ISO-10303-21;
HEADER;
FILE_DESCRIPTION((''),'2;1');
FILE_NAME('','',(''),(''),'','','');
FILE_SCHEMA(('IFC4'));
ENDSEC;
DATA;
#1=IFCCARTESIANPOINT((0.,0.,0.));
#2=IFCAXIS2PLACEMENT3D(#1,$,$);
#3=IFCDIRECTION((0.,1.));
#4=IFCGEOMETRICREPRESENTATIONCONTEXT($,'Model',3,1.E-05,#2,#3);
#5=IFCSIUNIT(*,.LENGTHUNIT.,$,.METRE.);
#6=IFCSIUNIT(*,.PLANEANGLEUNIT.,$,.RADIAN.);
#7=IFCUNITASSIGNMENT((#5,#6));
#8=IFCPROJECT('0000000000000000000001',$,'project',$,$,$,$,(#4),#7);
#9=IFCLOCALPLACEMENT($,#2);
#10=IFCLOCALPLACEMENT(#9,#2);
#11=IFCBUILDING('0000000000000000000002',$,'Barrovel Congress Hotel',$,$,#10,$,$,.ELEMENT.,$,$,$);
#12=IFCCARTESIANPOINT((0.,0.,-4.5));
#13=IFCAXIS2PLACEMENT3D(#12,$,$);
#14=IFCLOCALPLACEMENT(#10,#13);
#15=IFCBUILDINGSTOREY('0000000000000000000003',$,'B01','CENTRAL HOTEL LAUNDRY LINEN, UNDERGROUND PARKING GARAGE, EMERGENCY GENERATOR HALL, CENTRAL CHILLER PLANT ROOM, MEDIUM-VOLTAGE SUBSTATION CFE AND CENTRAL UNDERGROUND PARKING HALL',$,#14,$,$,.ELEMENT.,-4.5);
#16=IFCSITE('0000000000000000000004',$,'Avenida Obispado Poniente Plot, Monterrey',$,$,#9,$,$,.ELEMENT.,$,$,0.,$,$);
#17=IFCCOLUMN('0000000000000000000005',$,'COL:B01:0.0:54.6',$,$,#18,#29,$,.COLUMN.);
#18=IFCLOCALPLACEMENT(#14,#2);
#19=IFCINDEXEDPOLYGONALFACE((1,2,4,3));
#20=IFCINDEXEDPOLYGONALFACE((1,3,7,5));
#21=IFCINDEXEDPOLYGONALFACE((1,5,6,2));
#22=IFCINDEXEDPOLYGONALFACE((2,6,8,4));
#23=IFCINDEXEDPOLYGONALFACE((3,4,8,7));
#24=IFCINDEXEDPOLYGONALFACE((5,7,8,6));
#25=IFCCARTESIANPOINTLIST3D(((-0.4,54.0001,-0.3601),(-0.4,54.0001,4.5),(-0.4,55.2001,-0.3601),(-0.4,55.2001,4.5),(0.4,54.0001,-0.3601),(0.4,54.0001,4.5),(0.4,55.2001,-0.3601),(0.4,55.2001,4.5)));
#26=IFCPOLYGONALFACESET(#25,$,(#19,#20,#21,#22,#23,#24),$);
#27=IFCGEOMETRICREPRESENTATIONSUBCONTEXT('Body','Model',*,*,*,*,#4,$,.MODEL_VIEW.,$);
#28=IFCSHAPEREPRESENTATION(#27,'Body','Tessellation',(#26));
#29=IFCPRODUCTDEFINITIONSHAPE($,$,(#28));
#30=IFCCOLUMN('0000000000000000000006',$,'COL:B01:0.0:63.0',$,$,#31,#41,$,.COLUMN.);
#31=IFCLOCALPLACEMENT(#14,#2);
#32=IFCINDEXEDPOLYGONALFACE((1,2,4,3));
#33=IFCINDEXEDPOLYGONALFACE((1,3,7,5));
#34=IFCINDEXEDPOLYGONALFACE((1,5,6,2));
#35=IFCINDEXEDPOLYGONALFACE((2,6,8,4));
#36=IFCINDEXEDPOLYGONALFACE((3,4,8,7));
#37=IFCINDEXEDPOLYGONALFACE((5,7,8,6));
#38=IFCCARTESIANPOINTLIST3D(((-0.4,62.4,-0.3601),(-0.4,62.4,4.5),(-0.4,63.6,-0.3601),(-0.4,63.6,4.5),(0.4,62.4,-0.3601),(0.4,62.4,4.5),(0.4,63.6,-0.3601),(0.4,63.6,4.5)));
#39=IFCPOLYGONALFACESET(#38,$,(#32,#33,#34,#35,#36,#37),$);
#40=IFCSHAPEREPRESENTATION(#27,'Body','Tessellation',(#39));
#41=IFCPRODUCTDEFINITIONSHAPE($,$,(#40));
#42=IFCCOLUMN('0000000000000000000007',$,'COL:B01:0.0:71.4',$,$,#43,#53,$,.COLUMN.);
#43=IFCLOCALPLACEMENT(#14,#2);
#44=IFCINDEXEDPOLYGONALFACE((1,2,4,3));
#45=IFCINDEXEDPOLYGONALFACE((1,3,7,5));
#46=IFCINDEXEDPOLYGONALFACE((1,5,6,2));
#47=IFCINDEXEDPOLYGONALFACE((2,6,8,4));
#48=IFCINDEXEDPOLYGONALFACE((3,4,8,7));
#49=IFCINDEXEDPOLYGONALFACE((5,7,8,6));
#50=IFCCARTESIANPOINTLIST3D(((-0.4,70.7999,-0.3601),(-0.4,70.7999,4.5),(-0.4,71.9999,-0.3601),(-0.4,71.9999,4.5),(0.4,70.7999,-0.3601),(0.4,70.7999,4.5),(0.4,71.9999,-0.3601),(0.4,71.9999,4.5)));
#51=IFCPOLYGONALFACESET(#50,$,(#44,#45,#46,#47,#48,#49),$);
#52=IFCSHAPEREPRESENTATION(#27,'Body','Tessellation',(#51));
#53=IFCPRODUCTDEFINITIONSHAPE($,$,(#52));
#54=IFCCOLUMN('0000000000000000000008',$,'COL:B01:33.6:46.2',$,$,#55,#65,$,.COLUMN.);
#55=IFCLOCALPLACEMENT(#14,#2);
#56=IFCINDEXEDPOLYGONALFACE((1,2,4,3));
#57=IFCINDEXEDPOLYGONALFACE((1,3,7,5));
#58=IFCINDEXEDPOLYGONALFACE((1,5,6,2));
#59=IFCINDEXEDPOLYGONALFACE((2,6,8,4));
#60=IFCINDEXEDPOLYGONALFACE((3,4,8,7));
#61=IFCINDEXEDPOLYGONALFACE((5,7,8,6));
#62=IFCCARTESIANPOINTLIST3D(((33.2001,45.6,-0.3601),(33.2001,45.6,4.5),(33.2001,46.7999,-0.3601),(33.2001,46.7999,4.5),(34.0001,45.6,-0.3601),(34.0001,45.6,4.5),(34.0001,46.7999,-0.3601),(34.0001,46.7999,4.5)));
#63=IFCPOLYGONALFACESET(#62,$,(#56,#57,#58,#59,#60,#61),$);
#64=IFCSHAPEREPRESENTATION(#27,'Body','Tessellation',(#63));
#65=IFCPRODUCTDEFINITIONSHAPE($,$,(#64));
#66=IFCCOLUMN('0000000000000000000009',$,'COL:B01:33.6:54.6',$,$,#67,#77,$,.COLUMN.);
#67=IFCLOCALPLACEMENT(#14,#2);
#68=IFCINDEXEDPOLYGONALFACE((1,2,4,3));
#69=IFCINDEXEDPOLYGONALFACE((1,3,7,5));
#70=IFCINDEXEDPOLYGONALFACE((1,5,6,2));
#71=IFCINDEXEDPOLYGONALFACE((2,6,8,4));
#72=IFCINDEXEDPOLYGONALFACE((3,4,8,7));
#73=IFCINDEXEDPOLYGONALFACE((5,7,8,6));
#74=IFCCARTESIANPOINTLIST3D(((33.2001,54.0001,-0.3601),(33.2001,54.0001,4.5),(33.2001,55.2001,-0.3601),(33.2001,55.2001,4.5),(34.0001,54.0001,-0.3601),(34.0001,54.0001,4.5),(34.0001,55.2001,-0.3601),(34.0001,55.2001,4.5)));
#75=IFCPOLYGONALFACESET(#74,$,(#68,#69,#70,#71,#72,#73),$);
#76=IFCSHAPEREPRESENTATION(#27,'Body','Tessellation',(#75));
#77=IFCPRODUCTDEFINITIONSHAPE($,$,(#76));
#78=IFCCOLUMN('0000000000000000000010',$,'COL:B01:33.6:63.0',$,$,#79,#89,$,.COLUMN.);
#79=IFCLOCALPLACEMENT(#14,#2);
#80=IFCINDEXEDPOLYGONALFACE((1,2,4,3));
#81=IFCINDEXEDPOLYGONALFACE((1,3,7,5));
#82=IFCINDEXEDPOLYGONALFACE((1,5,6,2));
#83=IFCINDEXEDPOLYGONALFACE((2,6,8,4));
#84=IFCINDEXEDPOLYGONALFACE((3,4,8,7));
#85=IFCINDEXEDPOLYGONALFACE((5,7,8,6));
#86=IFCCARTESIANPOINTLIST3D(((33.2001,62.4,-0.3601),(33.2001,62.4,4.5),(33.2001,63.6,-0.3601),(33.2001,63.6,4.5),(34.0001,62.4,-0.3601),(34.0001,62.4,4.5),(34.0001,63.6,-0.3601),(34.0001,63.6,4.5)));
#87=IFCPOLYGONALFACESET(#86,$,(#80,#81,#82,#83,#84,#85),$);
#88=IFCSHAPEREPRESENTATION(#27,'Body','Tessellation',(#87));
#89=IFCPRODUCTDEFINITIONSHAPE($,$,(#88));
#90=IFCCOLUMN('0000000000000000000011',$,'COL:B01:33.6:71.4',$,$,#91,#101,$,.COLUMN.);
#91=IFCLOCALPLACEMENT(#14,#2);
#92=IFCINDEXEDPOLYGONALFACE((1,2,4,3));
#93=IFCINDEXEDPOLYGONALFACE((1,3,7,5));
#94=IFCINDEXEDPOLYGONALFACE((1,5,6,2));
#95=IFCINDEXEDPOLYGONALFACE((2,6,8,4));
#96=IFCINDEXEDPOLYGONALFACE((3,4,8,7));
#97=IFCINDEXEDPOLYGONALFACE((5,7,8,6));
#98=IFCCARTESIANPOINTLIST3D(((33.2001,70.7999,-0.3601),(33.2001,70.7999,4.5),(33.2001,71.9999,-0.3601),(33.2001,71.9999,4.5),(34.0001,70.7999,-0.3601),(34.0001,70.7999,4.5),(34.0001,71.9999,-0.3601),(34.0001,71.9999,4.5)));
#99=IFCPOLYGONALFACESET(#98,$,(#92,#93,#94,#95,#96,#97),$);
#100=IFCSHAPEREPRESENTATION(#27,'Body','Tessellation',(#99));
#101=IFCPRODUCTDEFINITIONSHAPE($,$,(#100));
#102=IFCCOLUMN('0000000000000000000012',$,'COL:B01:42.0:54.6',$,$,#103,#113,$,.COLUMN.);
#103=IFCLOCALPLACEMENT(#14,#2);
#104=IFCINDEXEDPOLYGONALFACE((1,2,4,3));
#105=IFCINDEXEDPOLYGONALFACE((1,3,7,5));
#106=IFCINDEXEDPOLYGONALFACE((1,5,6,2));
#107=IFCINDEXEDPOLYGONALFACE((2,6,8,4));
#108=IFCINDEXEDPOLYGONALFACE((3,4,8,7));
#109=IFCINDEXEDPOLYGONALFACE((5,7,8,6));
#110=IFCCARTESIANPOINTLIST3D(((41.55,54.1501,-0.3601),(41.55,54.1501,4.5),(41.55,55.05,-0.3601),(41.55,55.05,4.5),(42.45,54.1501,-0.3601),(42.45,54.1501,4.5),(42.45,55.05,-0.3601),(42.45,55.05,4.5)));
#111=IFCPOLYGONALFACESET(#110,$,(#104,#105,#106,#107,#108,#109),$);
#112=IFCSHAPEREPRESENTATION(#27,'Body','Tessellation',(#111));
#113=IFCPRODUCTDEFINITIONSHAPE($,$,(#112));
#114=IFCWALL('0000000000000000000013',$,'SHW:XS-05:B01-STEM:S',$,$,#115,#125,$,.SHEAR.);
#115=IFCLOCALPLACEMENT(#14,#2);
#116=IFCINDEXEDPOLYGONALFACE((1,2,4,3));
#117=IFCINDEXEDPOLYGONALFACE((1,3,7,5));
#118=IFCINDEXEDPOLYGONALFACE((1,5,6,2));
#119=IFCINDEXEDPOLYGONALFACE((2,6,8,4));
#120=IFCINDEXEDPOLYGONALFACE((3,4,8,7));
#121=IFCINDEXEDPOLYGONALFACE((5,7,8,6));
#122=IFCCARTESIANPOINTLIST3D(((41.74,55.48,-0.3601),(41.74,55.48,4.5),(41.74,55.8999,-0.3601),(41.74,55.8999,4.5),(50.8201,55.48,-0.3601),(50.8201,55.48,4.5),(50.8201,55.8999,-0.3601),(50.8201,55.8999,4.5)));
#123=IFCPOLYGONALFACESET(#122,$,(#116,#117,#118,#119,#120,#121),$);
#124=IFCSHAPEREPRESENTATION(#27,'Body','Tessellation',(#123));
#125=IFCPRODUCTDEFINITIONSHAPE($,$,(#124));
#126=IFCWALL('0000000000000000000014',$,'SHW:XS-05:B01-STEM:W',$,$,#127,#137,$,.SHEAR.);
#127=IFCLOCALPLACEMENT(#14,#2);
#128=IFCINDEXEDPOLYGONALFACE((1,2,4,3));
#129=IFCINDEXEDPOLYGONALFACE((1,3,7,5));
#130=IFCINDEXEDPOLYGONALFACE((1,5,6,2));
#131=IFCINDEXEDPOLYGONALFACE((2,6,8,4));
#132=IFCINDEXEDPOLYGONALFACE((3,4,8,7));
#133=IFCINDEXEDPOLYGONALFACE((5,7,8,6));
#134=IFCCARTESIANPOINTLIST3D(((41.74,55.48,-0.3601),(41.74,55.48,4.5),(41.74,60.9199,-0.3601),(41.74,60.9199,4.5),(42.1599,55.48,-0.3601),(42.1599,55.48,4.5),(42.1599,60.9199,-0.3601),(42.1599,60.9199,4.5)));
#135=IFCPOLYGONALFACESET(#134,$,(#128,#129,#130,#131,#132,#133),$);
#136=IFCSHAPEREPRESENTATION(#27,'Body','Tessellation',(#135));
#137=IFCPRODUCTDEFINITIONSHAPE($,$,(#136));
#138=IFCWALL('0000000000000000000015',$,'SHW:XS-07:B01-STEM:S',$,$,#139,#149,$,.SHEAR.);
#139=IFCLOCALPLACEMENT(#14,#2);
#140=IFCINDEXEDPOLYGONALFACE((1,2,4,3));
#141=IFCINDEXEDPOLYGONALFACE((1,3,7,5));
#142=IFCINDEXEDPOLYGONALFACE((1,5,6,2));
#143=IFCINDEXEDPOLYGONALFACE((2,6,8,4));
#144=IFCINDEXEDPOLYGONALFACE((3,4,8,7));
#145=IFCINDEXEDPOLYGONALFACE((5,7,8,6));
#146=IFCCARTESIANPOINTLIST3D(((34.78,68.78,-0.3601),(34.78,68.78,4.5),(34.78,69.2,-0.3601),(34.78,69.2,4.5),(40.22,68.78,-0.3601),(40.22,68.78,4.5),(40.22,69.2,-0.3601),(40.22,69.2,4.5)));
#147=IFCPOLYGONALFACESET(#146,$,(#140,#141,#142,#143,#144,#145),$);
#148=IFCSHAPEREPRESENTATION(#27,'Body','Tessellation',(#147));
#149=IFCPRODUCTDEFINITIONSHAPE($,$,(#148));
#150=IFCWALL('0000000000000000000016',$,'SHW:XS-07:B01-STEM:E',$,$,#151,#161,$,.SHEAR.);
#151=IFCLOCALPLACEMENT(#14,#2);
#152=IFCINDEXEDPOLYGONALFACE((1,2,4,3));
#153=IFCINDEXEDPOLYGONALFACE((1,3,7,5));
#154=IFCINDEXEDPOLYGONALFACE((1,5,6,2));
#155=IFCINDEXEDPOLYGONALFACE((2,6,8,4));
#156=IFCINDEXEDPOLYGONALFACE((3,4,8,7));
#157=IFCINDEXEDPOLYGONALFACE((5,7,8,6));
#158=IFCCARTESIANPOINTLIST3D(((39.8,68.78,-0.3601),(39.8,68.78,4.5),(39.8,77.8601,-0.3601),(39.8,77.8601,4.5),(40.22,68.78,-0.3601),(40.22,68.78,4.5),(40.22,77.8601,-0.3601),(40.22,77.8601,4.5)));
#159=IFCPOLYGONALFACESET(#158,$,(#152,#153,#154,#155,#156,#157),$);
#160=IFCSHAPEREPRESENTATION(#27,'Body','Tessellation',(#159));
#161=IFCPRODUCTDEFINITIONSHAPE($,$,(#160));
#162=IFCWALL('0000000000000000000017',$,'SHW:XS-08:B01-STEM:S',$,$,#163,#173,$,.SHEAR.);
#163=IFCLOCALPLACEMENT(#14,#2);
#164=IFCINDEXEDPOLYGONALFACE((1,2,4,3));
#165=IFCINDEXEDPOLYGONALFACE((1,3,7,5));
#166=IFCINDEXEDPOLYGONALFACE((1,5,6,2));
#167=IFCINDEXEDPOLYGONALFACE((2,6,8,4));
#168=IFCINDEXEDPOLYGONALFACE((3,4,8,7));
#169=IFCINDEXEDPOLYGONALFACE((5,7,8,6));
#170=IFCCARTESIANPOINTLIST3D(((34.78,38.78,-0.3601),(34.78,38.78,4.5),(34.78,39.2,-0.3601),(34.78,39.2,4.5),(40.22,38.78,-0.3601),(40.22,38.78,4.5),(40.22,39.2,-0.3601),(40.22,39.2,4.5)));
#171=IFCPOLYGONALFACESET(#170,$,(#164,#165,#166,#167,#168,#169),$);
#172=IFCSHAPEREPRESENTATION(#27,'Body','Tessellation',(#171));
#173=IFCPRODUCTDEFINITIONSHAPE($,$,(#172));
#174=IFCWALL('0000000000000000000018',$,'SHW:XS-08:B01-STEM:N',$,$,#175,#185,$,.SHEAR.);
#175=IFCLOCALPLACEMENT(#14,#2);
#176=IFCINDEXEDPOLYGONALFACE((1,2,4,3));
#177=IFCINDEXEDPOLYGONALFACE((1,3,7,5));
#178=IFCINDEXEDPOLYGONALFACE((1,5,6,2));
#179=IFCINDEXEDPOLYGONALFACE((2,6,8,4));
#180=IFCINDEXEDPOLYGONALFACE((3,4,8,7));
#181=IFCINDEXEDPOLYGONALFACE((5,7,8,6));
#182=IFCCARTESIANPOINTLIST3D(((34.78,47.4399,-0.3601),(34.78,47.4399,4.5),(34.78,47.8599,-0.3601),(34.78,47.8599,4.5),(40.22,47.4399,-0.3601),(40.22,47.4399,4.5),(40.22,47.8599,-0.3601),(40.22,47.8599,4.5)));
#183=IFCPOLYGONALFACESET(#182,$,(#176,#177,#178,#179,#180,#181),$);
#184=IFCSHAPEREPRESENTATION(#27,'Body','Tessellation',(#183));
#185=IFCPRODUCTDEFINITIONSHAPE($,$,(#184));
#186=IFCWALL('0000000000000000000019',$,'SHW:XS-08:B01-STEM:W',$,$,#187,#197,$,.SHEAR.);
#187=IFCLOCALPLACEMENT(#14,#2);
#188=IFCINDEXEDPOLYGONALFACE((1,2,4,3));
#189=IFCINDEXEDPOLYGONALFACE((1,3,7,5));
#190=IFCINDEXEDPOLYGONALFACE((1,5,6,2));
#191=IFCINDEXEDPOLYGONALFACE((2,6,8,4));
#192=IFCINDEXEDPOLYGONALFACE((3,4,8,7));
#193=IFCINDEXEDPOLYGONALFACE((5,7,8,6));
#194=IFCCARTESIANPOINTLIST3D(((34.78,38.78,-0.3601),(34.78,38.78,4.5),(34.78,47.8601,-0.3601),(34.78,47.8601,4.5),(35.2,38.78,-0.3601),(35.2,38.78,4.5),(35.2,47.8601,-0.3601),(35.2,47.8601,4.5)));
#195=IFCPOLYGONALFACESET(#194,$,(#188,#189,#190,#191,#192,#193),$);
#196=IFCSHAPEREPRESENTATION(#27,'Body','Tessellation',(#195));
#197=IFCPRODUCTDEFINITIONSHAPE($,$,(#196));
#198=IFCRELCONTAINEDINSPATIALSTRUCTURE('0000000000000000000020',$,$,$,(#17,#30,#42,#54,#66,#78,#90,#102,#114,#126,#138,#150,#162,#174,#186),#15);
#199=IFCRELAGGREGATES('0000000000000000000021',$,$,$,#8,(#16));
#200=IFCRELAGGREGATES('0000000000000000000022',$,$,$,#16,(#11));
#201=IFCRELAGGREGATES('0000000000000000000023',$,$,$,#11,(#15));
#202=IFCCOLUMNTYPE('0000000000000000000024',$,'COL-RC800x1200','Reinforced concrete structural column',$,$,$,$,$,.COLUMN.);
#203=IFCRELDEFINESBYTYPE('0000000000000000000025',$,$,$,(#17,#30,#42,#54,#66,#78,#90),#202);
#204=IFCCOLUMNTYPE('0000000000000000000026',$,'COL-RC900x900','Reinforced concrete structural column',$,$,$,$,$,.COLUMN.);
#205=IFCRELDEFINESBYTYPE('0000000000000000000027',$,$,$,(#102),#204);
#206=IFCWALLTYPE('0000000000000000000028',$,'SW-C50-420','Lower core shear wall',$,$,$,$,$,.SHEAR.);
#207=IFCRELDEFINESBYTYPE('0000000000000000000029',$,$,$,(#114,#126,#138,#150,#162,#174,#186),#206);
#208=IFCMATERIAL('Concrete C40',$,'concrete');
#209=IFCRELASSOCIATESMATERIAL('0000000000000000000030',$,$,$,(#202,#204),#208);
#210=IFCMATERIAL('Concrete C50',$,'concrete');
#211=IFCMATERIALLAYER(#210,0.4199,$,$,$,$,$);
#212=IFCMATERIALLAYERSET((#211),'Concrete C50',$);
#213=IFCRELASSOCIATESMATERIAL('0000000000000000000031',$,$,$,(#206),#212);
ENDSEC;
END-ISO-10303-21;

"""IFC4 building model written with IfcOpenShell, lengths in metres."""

from ifc_helpers import new_model, si_unit, direction, frame, frame_2d, origin, origin_2d, place, context, subcontext, project, spatial, rectangle, extrude, material, layer, layer_set, material_profile, profile_set, type_object, element, save


model = new_model("IFC4")

# Units and contexts
model_context = context("Model", 3, precision=1e-05, world=origin(), true_north=direction((0.0, 1.0)))
body_context = subcontext(model_context, "Body", "Model", "MODEL_VIEW")
ifc_project = project(units=[si_unit("LENGTHUNIT", "METRE"), si_unit("PLANEANGLEUNIT", "RADIAN")], contexts=[model_context])

# Site, building, storey
site_placement = place(None, origin())
site = spatial("IfcSite", under=ifc_project, at=site_placement, Name="Avenida Obispado Poniente Plot, Monterrey", CompositionType="ELEMENT", RefElevation=0.0)
building_placement = place(site_placement, origin())
building = spatial("IfcBuilding", under=site, at=building_placement, Name="Barrovel Congress Hotel", CompositionType="ELEMENT")
storey_placement = place(building_placement, frame((0.0, 0.0, -4.5)))
storey = spatial("IfcBuildingStorey", under=building, at=storey_placement, Name="B01", Description="CENTRAL HOTEL LAUNDRY LINEN, UNDERGROUND PARKING GARAGE, EMERGENCY GENERATOR HALL, CENTRAL CHILLER PLANT ROOM, MEDIUM-VOLTAGE SUBSTATION CFE AND CENTRAL UNDERGROUND PARKING HALL", CompositionType="ELEMENT", Elevation=-4.5)

# Columns
ifc_material_1 = material(Name="Concrete C50", Category="concrete")
ifc_material_2 = material(Name="Concrete C40", Category="concrete")
ifc_material_profile_1 = material_profile(ifc_material_2, rectangle(XDim=0.8, YDim=1.2, at=origin_2d()), Name="RC800x1200")
ifc_profile_set_1 = profile_set([ifc_material_profile_1], Name="Concrete C40")
column_type_1 = type_object("IfcColumnType", Name="COL-RC800x1200", Description="Reinforced concrete structural column", PredefinedType="COLUMN", material=ifc_profile_set_1)
for number, where, z_axis, x_axis, name in (
    (1, (0.0, 54.6001, -0.3601), (0.0, 0.0, 1.0), (1.0, 0.0, 0.0), "COL:B01:0.0:54.6"),
    (2, (0.0, 63.0, -0.3601), (0.0, 0.0, 1.0), (1.0, 0.0, 0.0), "COL:B01:0.0:63.0"),
    (3, (0.0, 71.3999, -0.3601), (0.0, 0.0, 1.0), (1.0, 0.0, 0.0), "COL:B01:0.0:71.4"),
    (4, (33.6001, 46.2, -0.3601), (0.0, 0.0, 1.0), (1.0, 0.0, 0.0), "COL:B01:33.6:46.2"),
    (5, (33.6001, 54.6001, -0.3601), (0.0, 0.0, 1.0), (1.0, 0.0, 0.0), "COL:B01:33.6:54.6"),
    (6, (33.6001, 63.0, -0.3601), (0.0, 0.0, 1.0), (1.0, 0.0, 0.0), "COL:B01:33.6:63.0"),
    (7, (33.6001, 71.3999, -0.3601), (0.0, 0.0, 1.0), (1.0, 0.0, 0.0), "COL:B01:33.6:71.4"),
):
    element("IfcColumn", number, at=place(storey_placement, frame(where, z_axis=z_axis, x_axis=x_axis)), inside=storey, type_object=column_type_1, Name=name, PredefinedType="COLUMN", context=body_context, shape_type="SweptSolid", body=[
        extrude(rectangle(XDim=0.8, YDim=1.2, at=origin_2d()), origin(), (0.0, 0.0, 1.0), 4.8601),
    ])
ifc_material_profile_2 = material_profile(ifc_material_2, rectangle(XDim=0.8999, YDim=0.8999, at=origin_2d()), Name="RC900x900")
ifc_profile_set_2 = profile_set([ifc_material_profile_2], Name="Concrete C40")
column_type_2 = type_object("IfcColumnType", Name="COL-RC900x900", Description="Reinforced concrete structural column", PredefinedType="COLUMN", material=ifc_profile_set_2)
column_1_placement = place(storey_placement, frame((42.0, 54.6001, -0.3601), z_axis=(0.0, 0.0, 1.0), x_axis=(1.0, 0.0, 0.0)))
element("IfcColumn", 8, at=column_1_placement, inside=storey, type_object=column_type_2, Name="COL:B01:42.0:54.6", PredefinedType="COLUMN", context=body_context, shape_type="SweptSolid", body=[
    extrude(rectangle(XDim=0.8999, YDim=0.8999, at=origin_2d()), origin(), (0.0, 0.0, 1.0), 4.8601),
])

# Walls
ifc_layer = layer(ifc_material_1, 0.4199)
ifc_layer_set = layer_set([ifc_layer], Name="Concrete C50")
wall_type = type_object("IfcWallType", Name="SW-C50-420", Description="Lower core shear wall", PredefinedType="SHEAR", material=ifc_layer_set)
wall_1_placement = place(storey_placement, frame((41.74, 55.6899, -0.3601), z_axis=(0.0, 0.0, 1.0), x_axis=(1.0, 0.0, 0.0)))
element("IfcWall", 9, at=wall_1_placement, inside=storey, type_object=wall_type, Name="SHW:XS-05:B01-STEM:S", PredefinedType="SHEAR", context=body_context, shape_type="SweptSolid", body=[
    extrude(rectangle(XDim=9.0801, YDim=0.4199, at=frame_2d((4.54, 0.0))), origin(), (0.0, 0.0, 1.0), 4.8601),
])
for number, where, z_axis, x_axis, name in (
    (10, (41.95, 60.9199, -0.3601), (0.0, 0.0, 1.0), (0.0, -1.0, 0.0), "SHW:XS-05:B01-STEM:W"),
    (11, (34.78, 68.99, -0.3601), (0.0, 0.0, 1.0), (1.0, 0.0, 0.0), "SHW:XS-07:B01-STEM:S"),
):
    element("IfcWall", number, at=place(storey_placement, frame(where, z_axis=z_axis, x_axis=x_axis)), inside=storey, type_object=wall_type, Name=name, PredefinedType="SHEAR", context=body_context, shape_type="SweptSolid", body=[
        extrude(rectangle(XDim=5.4399, YDim=0.4199, at=frame_2d((2.72, 0.0))), origin(), (0.0, 0.0, 1.0), 4.8601),
    ])
wall_2_placement = place(storey_placement, frame((40.01, 68.78, -0.3601), z_axis=(0.0, 0.0, 1.0), x_axis=(0.0, 1.0, 0.0)))
element("IfcWall", 12, at=wall_2_placement, inside=storey, type_object=wall_type, Name="SHW:XS-07:B01-STEM:E", PredefinedType="SHEAR", context=body_context, shape_type="SweptSolid", body=[
    extrude(rectangle(XDim=9.0801, YDim=0.4199, at=frame_2d((4.54, 0.0))), origin(), (0.0, 0.0, 1.0), 4.8601),
])
for number, where, z_axis, x_axis, name in (
    (13, (34.78, 38.99, -0.3601), (0.0, 0.0, 1.0), (1.0, 0.0, 0.0), "SHW:XS-08:B01-STEM:S"),
    (14, (40.22, 47.6499, -0.3601), (0.0, 0.0, 1.0), (-1.0, 0.0, 0.0), "SHW:XS-08:B01-STEM:N"),
):
    element("IfcWall", number, at=place(storey_placement, frame(where, z_axis=z_axis, x_axis=x_axis)), inside=storey, type_object=wall_type, Name=name, PredefinedType="SHEAR", context=body_context, shape_type="SweptSolid", body=[
        extrude(rectangle(XDim=5.4399, YDim=0.4199, at=frame_2d((2.72, 0.0))), origin(), (0.0, 0.0, 1.0), 4.8601),
    ])
wall_3_placement = place(storey_placement, frame((34.99, 47.8601, -0.3601), z_axis=(0.0, 0.0, 1.0), x_axis=(0.0, -1.0, 0.0)))
element("IfcWall", 15, at=wall_3_placement, inside=storey, type_object=wall_type, Name="SHW:XS-08:B01-STEM:W", PredefinedType="SHEAR", context=body_context, shape_type="SweptSolid", body=[
    extrude(rectangle(XDim=9.0801, YDim=0.4199, at=frame_2d((4.54, 0.0))), origin(), (0.0, 0.0, 1.0), 4.8601),
])

save(model, "model.ifc")
